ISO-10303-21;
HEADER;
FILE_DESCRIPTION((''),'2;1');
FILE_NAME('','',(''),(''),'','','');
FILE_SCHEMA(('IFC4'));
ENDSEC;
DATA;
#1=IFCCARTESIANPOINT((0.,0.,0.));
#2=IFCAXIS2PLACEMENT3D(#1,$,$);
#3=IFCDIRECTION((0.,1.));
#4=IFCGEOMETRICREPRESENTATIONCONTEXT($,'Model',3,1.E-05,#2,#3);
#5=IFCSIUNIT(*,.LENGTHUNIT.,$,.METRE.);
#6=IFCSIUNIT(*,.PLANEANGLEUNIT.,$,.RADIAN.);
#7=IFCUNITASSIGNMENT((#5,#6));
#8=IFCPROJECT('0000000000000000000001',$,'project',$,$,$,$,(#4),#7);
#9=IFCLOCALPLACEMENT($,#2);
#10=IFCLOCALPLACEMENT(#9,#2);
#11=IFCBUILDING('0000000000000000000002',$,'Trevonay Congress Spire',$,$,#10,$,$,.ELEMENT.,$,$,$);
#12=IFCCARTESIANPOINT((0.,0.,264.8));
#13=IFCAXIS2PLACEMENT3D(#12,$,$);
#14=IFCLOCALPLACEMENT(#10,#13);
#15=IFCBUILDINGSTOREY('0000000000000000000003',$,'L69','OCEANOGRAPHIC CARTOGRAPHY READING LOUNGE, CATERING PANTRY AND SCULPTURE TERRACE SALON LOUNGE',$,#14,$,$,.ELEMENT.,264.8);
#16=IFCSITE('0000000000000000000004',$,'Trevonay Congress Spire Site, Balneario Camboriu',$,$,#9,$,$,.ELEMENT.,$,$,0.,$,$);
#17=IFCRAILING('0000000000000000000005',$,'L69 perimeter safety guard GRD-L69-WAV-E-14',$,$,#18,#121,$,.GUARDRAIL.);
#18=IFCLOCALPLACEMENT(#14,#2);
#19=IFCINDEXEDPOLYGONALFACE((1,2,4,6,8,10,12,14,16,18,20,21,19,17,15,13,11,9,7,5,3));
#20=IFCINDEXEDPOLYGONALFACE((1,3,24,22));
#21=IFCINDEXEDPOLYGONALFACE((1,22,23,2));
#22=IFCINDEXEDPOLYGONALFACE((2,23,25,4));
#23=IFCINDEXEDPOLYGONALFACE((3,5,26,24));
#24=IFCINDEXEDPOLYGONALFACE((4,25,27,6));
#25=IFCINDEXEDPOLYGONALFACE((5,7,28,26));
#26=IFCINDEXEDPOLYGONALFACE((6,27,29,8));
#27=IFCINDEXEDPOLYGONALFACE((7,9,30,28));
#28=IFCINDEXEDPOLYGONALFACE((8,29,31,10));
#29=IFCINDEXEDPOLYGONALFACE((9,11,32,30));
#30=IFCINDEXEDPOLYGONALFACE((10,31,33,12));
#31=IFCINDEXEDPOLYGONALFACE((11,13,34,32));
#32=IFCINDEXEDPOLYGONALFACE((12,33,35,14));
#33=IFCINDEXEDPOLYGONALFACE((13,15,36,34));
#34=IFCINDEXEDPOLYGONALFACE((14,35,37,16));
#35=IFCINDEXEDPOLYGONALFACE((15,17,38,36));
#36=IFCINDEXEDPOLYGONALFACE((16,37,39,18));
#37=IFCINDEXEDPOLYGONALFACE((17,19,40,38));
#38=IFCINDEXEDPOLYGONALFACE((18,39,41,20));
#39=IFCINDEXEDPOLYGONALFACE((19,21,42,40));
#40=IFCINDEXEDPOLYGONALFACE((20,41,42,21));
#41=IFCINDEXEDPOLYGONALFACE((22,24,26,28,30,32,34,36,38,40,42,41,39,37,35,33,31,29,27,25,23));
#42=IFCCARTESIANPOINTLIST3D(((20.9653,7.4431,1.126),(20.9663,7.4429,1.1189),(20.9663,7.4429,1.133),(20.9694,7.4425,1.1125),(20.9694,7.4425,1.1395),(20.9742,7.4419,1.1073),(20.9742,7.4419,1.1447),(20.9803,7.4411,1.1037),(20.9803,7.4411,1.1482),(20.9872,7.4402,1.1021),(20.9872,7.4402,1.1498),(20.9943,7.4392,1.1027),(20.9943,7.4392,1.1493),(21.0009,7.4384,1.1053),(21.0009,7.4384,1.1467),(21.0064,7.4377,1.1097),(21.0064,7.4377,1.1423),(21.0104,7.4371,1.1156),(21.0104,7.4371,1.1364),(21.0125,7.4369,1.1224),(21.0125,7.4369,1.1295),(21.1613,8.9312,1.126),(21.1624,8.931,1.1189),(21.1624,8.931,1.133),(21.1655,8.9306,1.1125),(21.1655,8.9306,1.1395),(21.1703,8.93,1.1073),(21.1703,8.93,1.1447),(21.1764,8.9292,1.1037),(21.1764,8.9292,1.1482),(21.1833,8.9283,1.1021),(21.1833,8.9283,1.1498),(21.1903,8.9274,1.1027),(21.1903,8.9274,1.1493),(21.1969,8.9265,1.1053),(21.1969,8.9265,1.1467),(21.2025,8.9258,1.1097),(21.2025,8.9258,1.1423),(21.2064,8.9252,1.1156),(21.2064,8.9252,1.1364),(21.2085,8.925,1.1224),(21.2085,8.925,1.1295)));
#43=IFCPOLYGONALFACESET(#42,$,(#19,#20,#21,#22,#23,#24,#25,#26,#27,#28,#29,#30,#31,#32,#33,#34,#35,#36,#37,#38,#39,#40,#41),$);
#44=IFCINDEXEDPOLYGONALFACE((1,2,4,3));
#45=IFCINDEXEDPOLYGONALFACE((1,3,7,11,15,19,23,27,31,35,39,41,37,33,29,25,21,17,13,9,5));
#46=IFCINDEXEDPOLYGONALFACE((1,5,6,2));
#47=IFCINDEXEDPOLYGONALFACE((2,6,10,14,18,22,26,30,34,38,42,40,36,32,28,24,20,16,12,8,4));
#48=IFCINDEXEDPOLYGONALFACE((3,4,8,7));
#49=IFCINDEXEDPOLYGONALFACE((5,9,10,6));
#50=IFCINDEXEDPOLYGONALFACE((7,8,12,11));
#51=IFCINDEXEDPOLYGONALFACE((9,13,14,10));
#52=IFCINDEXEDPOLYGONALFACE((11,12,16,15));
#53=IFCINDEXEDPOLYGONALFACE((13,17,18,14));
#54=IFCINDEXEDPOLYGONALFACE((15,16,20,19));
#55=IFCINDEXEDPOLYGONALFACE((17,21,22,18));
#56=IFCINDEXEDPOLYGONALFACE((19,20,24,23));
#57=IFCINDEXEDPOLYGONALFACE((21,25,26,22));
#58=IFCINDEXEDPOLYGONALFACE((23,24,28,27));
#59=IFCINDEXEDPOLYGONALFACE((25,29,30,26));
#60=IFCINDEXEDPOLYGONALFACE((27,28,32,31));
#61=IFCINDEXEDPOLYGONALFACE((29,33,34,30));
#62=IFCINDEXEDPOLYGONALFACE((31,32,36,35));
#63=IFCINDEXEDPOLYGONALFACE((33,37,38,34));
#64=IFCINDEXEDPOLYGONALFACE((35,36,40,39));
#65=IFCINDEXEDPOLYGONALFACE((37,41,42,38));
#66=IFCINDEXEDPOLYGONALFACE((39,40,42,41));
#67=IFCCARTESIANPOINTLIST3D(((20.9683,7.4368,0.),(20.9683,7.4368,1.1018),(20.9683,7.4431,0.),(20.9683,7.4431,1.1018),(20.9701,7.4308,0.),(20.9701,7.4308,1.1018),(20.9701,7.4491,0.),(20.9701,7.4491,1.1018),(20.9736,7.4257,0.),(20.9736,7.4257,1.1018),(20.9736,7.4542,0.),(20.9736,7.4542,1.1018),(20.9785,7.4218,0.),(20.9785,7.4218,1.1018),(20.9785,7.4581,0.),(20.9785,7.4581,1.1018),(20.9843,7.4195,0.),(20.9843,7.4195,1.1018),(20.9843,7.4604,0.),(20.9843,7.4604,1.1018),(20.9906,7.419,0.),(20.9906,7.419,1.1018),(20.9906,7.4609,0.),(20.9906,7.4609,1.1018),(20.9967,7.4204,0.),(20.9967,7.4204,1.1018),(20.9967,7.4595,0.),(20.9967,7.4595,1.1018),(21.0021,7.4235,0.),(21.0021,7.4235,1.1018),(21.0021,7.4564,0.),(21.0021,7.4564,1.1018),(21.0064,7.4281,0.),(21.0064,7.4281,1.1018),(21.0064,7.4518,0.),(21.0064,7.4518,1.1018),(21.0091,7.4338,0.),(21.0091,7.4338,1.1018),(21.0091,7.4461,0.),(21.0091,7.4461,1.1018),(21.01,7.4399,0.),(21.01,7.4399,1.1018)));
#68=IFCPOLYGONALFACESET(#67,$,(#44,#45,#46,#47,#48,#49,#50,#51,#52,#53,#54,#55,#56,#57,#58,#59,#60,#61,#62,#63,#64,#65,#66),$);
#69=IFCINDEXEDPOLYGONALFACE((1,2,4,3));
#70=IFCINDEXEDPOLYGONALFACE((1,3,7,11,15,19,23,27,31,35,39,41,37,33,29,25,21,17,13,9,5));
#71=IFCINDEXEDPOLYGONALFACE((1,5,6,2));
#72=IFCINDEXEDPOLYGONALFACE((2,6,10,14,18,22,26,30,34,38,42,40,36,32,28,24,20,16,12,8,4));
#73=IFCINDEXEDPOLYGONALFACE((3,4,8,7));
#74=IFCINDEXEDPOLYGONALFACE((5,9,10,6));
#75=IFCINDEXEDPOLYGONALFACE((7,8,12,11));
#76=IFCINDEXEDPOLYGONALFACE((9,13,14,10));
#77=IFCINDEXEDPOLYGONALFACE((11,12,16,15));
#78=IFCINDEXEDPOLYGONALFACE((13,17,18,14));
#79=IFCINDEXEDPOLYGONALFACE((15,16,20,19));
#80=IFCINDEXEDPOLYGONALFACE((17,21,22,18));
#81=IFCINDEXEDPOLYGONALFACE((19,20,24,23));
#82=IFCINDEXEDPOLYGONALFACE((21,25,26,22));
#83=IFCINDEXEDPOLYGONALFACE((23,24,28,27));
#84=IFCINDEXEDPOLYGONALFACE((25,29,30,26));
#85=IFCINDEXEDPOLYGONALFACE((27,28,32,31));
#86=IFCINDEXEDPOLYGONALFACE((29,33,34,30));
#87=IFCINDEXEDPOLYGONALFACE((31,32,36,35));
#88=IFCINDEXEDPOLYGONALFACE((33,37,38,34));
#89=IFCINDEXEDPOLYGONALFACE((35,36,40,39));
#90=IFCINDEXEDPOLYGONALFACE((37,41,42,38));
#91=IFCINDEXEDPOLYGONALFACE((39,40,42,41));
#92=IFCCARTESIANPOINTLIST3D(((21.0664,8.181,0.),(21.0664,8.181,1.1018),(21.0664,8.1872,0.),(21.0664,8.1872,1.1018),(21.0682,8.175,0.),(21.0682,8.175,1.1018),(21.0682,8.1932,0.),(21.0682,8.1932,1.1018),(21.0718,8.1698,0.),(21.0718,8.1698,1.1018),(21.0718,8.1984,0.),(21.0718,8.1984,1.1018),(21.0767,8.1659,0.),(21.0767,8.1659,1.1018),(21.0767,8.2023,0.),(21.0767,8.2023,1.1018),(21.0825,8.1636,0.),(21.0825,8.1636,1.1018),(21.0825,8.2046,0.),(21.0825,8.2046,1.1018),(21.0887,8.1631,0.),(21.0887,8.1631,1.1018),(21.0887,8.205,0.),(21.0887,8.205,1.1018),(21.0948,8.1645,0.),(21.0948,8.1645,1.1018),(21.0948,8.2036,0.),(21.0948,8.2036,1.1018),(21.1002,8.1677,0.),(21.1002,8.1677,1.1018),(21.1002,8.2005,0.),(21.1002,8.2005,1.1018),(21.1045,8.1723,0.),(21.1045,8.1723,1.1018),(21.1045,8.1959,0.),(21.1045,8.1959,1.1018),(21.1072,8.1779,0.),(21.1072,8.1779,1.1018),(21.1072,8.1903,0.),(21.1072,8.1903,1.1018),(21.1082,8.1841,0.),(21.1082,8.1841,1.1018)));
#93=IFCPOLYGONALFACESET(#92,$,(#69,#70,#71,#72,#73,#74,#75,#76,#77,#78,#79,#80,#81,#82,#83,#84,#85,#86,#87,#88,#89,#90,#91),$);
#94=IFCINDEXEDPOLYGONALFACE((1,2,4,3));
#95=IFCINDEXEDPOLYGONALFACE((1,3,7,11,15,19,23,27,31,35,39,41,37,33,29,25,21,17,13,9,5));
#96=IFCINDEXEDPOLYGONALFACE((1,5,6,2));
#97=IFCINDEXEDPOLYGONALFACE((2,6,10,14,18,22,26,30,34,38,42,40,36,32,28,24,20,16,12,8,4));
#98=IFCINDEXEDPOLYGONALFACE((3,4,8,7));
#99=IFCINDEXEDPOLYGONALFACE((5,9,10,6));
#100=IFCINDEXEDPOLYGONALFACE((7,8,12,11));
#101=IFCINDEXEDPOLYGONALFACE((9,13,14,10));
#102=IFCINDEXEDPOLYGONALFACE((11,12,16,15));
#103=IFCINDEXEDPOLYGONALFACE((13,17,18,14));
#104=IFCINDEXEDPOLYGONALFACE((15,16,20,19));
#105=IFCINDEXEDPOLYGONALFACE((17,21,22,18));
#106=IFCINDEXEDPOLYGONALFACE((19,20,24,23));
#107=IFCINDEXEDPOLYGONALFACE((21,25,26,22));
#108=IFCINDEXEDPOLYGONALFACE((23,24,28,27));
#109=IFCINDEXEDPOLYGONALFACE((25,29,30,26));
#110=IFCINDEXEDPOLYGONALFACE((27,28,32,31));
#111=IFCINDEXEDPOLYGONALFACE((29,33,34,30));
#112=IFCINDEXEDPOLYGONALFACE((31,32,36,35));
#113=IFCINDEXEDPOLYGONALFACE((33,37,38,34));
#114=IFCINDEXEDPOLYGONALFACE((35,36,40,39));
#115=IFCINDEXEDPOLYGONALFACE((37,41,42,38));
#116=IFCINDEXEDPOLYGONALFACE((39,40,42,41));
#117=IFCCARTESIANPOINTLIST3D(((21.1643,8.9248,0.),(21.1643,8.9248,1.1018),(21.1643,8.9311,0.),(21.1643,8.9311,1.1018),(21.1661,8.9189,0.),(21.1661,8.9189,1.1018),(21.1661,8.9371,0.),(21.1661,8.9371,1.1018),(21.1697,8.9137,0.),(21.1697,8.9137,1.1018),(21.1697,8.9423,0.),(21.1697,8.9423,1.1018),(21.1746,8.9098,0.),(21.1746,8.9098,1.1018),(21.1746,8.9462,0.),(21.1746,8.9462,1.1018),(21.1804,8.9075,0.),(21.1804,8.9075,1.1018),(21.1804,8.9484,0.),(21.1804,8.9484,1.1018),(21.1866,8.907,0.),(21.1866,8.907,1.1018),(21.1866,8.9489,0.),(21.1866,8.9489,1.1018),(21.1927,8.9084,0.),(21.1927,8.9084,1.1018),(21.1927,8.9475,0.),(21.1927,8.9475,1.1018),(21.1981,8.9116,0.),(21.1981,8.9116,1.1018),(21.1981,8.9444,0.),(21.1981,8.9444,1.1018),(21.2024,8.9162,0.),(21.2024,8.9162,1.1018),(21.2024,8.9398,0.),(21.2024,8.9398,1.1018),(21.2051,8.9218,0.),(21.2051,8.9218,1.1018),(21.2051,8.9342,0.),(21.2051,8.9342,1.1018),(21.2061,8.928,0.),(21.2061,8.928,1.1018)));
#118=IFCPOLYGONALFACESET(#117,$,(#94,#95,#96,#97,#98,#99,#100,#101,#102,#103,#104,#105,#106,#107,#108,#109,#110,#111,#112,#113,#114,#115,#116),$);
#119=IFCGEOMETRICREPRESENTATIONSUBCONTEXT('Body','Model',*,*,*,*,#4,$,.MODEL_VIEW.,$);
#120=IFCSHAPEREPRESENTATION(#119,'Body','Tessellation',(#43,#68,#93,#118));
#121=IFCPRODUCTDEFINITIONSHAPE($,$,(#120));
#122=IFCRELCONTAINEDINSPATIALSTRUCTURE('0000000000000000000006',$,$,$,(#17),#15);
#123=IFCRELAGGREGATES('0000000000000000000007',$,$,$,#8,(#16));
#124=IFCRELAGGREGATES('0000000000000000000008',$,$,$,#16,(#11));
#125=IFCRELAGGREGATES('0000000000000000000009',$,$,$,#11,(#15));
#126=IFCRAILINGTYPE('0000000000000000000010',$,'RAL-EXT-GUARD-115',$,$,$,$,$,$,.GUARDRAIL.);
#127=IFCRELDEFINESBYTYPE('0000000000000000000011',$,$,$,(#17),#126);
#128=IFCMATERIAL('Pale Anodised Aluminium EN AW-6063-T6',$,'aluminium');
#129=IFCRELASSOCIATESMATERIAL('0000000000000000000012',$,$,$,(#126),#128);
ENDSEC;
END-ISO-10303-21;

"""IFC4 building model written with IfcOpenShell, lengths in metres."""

from ifc_helpers import new_model, si_unit, direction, frame, origin, origin_2d, place, context, subcontext, project, spatial, circle, extrude, material, type_object, element, save


model = new_model("IFC4")

# Units and contexts
model_context = context("Model", 3, precision=1e-05, world=origin(), true_north=direction((0.0, 1.0)))
body_context = subcontext(model_context, "Body", "Model", "MODEL_VIEW")
ifc_project = project(units=[si_unit("LENGTHUNIT", "METRE"), si_unit("PLANEANGLEUNIT", "RADIAN")], contexts=[model_context])

# Site, building, storey
site_placement = place(None, origin())
site = spatial("IfcSite", under=ifc_project, at=site_placement, Name="Trevonay Congress Spire Site, Balneario Camboriu", CompositionType="ELEMENT", RefElevation=0.0)
building_placement = place(site_placement, origin())
building = spatial("IfcBuilding", under=site, at=building_placement, Name="Trevonay Congress Spire", CompositionType="ELEMENT")
storey_placement = place(building_placement, frame((0.0, 0.0, 264.8)))
storey = spatial("IfcBuildingStorey", under=building, at=storey_placement, Name="L69", Description="OCEANOGRAPHIC CARTOGRAPHY READING LOUNGE, CATERING PANTRY AND SCULPTURE TERRACE SALON LOUNGE", CompositionType="ELEMENT", Elevation=264.8)

# Shared definitions
ifc_material_1 = material(Name="Pale Anodised Aluminium EN AW-6063-T6", Category="aluminium")

# Railing
railing_type = type_object("IfcRailingType", Name="RAL-EXT-GUARD-115", PredefinedType="GUARDRAIL", material=ifc_material_1)
railing_1_placement = place(storey_placement, frame((20.989, 7.4399, 0.0)))
element("IfcRailing", 1, at=railing_1_placement, inside=storey, type_object=railing_type, Name="L69 perimeter safety guard GRD-L69-WAV-E-14", PredefinedType="GUARDRAIL", context=body_context, shape_type="SweptSolid", body=[
    extrude(circle(Radius=0.0239, at=origin_2d()), frame((0.0, 0.0, 1.126), z_axis=(0.130619, 0.991433, 0.0), x_axis=(-0.991433, 0.130619, 0.0)), (0.0, 0.0, 1.0), 1.501),
    extrude(circle(Radius=0.021, at=origin_2d()), origin(), (0.0, 0.0, 1.0), 1.1018),
    extrude(circle(Radius=0.021, at=origin_2d()), frame((0.0981, 0.7441, 0.0)), (0.0, 0.0, 1.0), 1.1018),
    extrude(circle(Radius=0.021, at=origin_2d()), frame((0.196, 1.488, 0.0)), (0.0, 0.0, 1.0), 1.1018),
])

save(model, "model.ifc")
